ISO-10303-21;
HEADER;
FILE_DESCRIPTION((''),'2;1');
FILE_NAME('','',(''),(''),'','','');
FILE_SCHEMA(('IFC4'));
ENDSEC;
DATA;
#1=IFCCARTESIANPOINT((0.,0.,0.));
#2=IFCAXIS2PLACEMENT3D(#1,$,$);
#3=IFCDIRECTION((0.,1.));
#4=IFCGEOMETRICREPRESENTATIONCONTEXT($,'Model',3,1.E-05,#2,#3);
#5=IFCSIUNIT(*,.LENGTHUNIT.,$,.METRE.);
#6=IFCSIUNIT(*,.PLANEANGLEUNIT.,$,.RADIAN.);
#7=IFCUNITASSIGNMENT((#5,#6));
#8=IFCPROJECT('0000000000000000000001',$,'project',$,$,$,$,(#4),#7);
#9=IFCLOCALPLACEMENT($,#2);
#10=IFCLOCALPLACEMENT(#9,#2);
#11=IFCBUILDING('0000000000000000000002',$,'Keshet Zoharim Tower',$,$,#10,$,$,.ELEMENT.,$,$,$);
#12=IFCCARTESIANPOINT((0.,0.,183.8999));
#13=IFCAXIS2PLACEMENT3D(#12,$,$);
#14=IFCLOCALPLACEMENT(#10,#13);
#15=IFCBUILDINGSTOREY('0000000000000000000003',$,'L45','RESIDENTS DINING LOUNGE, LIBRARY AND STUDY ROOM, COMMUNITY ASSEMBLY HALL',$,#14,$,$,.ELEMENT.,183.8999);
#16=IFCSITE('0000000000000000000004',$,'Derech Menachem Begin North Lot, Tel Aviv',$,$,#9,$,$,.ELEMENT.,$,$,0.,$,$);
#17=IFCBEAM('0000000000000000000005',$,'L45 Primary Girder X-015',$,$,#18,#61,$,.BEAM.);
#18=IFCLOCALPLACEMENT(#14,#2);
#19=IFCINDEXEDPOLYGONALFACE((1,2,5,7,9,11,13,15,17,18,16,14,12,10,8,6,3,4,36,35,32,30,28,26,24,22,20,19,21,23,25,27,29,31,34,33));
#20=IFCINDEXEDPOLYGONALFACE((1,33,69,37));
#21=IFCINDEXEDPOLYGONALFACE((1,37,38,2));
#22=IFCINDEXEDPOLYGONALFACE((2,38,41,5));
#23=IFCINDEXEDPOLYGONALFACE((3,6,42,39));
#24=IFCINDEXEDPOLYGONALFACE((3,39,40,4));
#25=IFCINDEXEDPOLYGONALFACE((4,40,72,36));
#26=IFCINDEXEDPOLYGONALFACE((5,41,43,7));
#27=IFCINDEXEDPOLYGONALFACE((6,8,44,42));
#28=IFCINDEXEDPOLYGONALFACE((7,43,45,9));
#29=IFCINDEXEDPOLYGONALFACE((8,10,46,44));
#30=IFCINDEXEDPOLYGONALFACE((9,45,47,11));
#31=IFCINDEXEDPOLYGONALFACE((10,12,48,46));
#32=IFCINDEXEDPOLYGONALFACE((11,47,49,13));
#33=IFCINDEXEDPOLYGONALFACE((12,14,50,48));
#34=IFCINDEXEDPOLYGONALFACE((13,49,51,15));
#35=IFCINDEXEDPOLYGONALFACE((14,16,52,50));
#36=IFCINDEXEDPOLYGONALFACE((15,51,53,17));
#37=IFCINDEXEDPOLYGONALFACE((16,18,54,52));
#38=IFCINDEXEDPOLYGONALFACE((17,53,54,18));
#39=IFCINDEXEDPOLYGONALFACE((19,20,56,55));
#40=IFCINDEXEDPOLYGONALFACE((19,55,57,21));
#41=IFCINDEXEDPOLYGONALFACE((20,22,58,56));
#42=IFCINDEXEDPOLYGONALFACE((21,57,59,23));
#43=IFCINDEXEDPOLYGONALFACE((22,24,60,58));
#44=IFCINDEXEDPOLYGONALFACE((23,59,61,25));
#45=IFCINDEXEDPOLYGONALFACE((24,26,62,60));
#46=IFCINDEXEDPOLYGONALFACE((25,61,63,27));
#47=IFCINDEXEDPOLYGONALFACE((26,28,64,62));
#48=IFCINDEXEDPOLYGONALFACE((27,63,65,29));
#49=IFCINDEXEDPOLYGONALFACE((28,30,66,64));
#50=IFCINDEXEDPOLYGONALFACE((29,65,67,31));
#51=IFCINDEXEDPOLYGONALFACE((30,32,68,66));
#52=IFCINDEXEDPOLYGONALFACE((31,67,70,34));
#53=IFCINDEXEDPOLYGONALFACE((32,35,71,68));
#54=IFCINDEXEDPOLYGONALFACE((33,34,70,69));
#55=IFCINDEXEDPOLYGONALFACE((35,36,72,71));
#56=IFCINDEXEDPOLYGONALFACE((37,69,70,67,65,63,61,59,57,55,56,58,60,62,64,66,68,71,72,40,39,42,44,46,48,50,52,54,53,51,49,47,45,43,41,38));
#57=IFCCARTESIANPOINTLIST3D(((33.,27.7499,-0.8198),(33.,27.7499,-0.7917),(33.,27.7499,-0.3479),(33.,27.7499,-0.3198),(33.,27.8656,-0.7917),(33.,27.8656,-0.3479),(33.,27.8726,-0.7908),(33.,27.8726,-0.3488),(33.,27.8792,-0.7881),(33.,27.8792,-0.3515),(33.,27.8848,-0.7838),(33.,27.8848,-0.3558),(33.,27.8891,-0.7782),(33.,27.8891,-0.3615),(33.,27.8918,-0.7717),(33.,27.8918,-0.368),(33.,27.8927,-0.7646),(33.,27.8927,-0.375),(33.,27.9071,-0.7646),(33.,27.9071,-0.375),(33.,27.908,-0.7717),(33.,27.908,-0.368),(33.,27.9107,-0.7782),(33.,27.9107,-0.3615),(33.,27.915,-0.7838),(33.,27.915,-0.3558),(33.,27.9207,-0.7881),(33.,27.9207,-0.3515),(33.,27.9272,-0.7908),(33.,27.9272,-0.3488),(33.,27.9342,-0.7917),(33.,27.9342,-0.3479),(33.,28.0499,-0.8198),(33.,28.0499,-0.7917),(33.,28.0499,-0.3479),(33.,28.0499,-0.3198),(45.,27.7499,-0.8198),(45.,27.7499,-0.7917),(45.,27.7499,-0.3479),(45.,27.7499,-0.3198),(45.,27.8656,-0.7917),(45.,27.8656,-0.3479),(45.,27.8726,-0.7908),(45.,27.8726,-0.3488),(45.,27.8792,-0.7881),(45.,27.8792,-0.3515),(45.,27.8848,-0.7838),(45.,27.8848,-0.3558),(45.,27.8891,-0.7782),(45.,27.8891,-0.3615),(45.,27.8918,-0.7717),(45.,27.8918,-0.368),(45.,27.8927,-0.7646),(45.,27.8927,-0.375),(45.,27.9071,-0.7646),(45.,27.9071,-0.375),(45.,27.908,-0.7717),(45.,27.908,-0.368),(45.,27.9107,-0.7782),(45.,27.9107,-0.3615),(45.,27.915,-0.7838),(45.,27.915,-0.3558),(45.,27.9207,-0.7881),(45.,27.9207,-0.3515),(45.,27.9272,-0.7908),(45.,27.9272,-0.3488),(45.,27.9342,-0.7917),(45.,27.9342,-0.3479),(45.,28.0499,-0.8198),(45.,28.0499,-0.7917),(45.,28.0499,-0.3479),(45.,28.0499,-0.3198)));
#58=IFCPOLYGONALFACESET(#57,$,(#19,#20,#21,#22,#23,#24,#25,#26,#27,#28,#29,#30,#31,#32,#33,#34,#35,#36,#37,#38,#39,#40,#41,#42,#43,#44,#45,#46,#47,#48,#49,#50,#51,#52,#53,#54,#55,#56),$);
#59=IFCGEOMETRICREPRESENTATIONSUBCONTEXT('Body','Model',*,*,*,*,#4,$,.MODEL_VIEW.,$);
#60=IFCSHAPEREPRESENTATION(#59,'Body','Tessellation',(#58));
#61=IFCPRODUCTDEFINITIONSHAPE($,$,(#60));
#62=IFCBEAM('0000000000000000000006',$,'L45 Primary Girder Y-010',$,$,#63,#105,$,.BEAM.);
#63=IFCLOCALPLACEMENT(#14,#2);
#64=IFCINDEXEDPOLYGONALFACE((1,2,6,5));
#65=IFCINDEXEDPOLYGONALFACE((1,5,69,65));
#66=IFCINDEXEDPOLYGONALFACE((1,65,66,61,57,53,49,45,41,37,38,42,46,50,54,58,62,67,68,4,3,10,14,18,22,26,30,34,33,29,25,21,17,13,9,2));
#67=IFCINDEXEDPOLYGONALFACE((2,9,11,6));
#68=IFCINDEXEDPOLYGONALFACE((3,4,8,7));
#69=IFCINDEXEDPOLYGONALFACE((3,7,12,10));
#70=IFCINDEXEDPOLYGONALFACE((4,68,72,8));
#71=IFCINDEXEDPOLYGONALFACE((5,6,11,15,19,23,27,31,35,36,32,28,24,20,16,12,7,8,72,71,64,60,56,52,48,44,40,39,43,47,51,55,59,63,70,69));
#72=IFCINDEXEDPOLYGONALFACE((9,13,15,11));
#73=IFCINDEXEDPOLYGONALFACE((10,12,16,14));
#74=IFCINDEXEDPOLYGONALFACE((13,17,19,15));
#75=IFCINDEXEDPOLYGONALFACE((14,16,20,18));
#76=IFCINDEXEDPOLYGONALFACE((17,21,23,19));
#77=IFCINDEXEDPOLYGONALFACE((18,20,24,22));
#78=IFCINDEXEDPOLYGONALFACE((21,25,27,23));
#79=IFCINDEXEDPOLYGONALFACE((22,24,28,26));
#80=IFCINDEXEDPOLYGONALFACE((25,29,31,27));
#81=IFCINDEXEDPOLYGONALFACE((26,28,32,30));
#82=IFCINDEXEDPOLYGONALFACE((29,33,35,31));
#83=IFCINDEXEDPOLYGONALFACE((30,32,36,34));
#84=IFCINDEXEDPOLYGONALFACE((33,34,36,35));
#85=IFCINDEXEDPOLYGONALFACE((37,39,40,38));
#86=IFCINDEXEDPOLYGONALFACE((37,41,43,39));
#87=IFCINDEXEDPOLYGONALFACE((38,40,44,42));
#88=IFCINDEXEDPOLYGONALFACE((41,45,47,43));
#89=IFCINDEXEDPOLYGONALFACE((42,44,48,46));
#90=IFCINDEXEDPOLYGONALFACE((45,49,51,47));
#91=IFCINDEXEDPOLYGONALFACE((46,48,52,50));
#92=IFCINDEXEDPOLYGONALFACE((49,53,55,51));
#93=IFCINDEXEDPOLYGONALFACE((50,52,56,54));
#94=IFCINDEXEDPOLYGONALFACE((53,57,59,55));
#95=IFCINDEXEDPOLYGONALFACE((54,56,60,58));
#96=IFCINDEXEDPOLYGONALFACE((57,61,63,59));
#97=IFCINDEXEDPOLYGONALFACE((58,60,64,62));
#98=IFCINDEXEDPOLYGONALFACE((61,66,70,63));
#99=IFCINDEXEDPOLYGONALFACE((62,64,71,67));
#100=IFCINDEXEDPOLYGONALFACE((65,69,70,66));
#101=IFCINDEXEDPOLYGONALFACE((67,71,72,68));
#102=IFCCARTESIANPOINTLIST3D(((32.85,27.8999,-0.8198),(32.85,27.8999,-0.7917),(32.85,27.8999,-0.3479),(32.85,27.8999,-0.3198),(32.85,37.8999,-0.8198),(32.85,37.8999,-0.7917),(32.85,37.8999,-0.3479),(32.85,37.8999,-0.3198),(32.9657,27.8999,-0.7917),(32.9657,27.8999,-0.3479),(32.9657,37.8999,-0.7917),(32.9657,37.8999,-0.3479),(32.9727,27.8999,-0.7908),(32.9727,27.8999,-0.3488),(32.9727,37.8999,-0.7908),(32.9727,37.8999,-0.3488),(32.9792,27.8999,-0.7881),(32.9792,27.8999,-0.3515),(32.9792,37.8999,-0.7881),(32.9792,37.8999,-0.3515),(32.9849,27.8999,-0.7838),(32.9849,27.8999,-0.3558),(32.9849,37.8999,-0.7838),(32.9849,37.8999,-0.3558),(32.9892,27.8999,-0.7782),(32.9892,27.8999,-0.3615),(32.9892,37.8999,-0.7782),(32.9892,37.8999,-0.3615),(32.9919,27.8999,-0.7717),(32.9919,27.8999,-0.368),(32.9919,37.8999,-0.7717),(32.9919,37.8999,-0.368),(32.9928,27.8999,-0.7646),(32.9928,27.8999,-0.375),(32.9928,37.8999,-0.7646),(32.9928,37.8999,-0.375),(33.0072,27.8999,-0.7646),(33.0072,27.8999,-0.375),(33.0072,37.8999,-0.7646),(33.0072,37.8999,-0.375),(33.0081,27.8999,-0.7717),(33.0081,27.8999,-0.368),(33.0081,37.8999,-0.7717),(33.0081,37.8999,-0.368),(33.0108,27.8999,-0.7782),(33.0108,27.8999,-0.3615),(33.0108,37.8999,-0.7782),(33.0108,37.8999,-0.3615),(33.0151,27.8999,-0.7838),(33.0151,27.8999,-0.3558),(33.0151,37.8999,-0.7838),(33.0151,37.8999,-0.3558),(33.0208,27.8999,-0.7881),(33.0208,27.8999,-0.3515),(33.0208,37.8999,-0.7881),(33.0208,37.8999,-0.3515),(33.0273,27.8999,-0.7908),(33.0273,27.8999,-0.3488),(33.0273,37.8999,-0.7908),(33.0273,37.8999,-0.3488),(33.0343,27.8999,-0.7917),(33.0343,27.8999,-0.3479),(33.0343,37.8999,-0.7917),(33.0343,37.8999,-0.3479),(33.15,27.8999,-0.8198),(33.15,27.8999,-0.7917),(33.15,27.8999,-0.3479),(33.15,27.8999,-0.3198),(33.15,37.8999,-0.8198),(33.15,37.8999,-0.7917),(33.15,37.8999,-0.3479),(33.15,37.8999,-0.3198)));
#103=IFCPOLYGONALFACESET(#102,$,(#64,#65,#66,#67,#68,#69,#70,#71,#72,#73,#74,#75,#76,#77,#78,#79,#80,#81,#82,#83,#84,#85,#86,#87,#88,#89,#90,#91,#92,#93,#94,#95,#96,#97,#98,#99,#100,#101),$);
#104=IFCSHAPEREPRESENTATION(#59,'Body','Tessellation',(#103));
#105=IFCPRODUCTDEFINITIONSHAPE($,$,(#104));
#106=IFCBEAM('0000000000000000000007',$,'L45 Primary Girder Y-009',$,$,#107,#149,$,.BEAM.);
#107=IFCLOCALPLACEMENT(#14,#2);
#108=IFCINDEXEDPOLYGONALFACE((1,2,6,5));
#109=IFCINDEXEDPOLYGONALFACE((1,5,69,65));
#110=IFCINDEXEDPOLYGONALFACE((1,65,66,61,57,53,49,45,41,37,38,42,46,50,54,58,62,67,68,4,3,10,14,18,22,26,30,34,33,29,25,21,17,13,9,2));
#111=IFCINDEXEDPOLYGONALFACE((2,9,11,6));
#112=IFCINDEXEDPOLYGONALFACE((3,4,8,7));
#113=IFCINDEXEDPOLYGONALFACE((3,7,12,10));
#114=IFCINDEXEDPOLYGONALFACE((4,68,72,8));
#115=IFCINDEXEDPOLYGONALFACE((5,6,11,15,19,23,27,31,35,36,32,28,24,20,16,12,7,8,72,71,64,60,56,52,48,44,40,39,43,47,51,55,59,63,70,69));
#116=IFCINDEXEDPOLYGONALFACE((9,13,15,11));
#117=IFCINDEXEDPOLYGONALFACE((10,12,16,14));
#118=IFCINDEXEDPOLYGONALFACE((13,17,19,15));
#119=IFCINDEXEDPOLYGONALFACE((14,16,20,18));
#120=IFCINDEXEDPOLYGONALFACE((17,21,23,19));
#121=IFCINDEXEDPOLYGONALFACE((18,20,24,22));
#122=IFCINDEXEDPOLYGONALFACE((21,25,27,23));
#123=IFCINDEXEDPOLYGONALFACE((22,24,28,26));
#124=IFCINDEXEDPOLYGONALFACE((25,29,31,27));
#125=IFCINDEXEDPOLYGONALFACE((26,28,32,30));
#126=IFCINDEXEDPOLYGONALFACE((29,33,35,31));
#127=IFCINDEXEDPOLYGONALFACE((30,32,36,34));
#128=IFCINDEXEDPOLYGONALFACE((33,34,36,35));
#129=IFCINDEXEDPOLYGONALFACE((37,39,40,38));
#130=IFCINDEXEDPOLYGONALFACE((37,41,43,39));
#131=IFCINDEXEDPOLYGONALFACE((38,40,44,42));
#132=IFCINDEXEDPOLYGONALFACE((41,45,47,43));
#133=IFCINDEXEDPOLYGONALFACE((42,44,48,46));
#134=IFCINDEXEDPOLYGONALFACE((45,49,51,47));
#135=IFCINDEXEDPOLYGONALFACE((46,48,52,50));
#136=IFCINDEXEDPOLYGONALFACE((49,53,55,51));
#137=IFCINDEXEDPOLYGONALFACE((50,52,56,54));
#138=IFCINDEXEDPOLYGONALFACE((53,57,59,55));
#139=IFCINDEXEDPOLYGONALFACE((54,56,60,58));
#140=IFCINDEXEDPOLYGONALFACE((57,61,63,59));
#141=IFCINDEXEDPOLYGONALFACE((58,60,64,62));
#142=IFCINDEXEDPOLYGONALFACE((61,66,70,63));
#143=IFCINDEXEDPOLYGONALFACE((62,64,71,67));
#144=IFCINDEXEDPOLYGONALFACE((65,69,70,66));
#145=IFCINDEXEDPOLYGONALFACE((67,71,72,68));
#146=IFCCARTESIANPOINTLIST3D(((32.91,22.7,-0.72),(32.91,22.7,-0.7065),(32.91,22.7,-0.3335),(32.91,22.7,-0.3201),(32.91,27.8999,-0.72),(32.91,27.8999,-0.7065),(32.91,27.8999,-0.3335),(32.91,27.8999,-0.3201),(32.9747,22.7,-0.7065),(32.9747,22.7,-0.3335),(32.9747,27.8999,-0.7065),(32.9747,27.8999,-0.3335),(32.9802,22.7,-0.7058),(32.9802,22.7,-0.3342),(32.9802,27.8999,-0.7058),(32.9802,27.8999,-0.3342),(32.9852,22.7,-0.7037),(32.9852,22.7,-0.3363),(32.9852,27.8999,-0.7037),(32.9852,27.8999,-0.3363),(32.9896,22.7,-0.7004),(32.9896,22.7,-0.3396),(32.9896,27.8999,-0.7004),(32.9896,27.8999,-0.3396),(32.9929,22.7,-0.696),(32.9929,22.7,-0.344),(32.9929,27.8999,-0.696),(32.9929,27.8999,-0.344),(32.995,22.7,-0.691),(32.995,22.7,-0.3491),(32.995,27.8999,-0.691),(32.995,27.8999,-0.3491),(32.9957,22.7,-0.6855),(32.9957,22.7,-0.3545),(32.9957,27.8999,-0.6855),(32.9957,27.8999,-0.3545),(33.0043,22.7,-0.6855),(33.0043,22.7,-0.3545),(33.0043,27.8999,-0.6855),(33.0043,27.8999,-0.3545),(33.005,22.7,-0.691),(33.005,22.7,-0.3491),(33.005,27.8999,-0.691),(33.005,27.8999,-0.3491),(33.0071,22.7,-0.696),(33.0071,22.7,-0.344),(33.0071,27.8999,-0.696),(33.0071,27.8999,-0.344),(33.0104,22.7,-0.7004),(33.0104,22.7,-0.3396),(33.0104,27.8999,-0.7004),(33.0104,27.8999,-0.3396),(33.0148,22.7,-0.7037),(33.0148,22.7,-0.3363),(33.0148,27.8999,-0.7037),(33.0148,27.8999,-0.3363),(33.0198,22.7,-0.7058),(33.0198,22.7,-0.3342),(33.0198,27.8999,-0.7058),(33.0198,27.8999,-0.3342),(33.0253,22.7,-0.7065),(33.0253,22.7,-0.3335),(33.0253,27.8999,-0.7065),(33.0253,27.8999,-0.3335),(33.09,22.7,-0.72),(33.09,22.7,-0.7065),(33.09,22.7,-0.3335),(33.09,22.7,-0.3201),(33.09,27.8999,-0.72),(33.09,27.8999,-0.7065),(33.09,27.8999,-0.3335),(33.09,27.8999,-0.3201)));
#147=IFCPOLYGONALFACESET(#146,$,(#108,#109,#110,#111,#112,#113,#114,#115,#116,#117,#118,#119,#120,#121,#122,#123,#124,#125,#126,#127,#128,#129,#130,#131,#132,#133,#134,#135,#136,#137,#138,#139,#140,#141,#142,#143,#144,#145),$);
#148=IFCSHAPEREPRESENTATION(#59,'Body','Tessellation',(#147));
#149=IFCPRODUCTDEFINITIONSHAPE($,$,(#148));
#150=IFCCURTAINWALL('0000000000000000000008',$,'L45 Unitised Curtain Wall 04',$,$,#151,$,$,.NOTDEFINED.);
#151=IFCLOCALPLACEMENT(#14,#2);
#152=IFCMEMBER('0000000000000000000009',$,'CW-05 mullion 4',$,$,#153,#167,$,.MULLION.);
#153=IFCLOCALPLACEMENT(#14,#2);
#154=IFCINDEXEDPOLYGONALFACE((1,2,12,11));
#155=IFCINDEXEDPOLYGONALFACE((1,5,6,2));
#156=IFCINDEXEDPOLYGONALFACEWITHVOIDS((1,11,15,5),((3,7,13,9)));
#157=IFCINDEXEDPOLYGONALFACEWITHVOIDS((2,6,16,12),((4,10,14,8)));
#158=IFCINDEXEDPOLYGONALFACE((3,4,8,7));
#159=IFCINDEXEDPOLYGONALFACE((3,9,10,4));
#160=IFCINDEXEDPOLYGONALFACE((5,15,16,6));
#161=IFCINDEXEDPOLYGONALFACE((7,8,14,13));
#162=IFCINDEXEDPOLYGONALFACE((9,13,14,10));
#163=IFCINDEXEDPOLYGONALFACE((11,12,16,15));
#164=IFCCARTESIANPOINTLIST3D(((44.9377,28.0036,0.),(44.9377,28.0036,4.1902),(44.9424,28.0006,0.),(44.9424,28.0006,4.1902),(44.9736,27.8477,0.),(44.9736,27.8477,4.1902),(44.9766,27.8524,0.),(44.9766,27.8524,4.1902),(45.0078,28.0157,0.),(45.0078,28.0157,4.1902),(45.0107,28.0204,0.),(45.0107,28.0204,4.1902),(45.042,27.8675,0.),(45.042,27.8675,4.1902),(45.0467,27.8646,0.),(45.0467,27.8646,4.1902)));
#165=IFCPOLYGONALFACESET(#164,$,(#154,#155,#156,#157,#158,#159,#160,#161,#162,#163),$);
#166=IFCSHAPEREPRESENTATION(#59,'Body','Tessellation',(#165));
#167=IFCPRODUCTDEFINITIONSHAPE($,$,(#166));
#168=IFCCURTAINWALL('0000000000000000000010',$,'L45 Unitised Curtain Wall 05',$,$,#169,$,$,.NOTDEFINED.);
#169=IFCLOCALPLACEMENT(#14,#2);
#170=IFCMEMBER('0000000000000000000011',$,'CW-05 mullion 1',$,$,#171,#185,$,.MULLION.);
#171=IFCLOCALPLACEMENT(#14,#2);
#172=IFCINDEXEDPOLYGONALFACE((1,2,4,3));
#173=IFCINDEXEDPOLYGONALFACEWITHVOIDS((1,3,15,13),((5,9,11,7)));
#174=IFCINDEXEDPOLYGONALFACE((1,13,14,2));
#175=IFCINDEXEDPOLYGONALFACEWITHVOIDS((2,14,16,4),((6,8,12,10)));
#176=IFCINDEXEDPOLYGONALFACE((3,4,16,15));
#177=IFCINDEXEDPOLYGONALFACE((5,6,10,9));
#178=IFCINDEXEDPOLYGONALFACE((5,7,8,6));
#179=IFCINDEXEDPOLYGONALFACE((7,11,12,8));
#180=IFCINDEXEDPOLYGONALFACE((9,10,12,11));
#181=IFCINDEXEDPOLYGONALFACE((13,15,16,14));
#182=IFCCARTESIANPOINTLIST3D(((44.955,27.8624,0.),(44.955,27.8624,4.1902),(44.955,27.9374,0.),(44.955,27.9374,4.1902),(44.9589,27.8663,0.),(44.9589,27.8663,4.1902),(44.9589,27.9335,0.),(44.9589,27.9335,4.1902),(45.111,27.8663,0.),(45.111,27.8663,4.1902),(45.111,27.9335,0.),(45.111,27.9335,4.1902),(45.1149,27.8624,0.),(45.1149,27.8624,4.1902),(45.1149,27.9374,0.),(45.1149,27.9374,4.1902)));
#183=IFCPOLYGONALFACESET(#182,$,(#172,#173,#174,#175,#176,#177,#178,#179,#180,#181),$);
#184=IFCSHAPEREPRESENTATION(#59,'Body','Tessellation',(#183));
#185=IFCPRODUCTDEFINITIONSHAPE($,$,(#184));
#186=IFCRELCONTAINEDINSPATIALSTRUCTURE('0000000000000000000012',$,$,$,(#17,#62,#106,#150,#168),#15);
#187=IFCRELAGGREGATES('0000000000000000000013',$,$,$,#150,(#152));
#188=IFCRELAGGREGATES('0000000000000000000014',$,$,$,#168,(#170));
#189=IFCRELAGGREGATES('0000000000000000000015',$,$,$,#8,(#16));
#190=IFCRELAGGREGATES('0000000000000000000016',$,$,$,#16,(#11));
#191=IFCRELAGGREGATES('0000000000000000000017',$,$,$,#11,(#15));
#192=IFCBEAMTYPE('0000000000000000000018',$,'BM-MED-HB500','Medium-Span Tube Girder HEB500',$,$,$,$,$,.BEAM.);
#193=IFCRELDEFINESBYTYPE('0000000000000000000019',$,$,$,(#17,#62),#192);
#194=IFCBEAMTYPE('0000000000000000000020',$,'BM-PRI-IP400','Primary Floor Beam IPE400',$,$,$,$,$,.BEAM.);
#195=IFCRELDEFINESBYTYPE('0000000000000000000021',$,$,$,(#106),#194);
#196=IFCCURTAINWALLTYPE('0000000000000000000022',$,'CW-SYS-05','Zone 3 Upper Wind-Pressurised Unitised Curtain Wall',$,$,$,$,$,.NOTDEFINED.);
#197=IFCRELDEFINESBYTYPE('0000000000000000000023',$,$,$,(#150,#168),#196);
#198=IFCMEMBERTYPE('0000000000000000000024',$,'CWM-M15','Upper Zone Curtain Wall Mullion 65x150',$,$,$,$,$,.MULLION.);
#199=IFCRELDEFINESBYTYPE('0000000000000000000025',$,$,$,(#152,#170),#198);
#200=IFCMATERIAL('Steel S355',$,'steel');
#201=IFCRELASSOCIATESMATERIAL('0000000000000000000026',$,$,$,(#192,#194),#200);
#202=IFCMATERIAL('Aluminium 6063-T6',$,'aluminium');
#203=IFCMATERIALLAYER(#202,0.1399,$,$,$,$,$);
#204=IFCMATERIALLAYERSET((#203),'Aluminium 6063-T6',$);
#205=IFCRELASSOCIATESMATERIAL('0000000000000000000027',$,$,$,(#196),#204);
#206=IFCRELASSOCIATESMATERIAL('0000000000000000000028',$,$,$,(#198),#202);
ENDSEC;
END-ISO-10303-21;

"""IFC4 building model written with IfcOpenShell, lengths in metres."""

from ifc_helpers import new_model, si_unit, direction, frame, origin, origin_2d, place, context, subcontext, project, spatial, hollow_rectangle, i_section, extrude, material, layer, layer_set, material_profile, profile_set, type_object, element, aggregate, save


model = new_model("IFC4")

# Units and contexts
model_context = context("Model", 3, precision=1e-05, world=origin(), true_north=direction((0.0, 1.0)))
body_context = subcontext(model_context, "Body", "Model", "MODEL_VIEW")
ifc_project = project(units=[si_unit("LENGTHUNIT", "METRE"), si_unit("PLANEANGLEUNIT", "RADIAN")], contexts=[model_context])

# Site, building, storey
site_placement = place(None, origin())
site = spatial("IfcSite", under=ifc_project, at=site_placement, Name="Derech Menachem Begin North Lot, Tel Aviv", CompositionType="ELEMENT", RefElevation=0.0)
building_placement = place(site_placement, origin())
building = spatial("IfcBuilding", under=site, at=building_placement, Name="Keshet Zoharim Tower", CompositionType="ELEMENT")
storey_placement = place(building_placement, frame((0.0, 0.0, 183.8999)))
storey = spatial("IfcBuildingStorey", under=building, at=storey_placement, Name="L45", Description="RESIDENTS DINING LOUNGE, LIBRARY AND STUDY ROOM, COMMUNITY ASSEMBLY HALL", CompositionType="ELEMENT", Elevation=183.8999)

# Shared definitions
ifc_material_1 = material(Name="Steel S355", Category="steel")

# Beams
ifc_material_profile_1 = material_profile(ifc_material_1, i_section(OverallWidth=0.3, OverallDepth=0.5, WebThickness=0.0144, FlangeThickness=0.0281, FilletRadius=0.0271, at=origin_2d()), Name="HEB500")
ifc_profile_set_1 = profile_set([ifc_material_profile_1], Name="Steel S355")
beam_type_1 = type_object("IfcBeamType", Name="BM-MED-HB500", Description="Medium-Span Tube Girder HEB500", PredefinedType="BEAM", material=ifc_profile_set_1)
beam_1_placement = place(storey_placement, frame((33.0, 27.8999, -0.5698), z_axis=(1.0, 0.0, 0.0), x_axis=(0.0, 1.0, 0.0)))
element("IfcBeam", 1, at=beam_1_placement, inside=storey, type_object=beam_type_1, Name="L45 Primary Girder X-015", PredefinedType="BEAM", context=body_context, shape_type="SweptSolid", body=[
    extrude(i_section(OverallWidth=0.3, OverallDepth=0.5, WebThickness=0.0144, FlangeThickness=0.0281, FilletRadius=0.0271, at=origin_2d()), origin(), (0.0, 0.0, 1.0), 12.0),
])
beam_2_placement = place(storey_placement, frame((33.0, 27.8999, -0.5698), z_axis=(0.0, 1.0, 0.0), x_axis=(-1.0, 0.0, 0.0)))
element("IfcBeam", 2, at=beam_2_placement, inside=storey, type_object=beam_type_1, Name="L45 Primary Girder Y-010", PredefinedType="BEAM", context=body_context, shape_type="SweptSolid", body=[
    extrude(i_section(OverallWidth=0.3, OverallDepth=0.5, WebThickness=0.0144, FlangeThickness=0.0281, FilletRadius=0.0271, at=origin_2d()), origin(), (0.0, 0.0, 1.0), 10.0),
])
ifc_material_profile_2 = material_profile(ifc_material_1, i_section(OverallWidth=0.1799, OverallDepth=0.3999, WebThickness=0.0085, FlangeThickness=0.0134, FilletRadius=0.021, at=origin_2d()), Name="IPE400")
ifc_profile_set_2 = profile_set([ifc_material_profile_2], Name="Steel S355")
beam_type_2 = type_object("IfcBeamType", Name="BM-PRI-IP400", Description="Primary Floor Beam IPE400", PredefinedType="BEAM", material=ifc_profile_set_2)
beam_3_placement = place(storey_placement, frame((33.0, 22.7, -0.52), z_axis=(0.0, 1.0, 0.0), x_axis=(-1.0, 0.0, 0.0)))
element("IfcBeam", 3, at=beam_3_placement, inside=storey, type_object=beam_type_2, Name="L45 Primary Girder Y-009", PredefinedType="BEAM", context=body_context, shape_type="SweptSolid", body=[
    extrude(i_section(OverallWidth=0.1799, OverallDepth=0.3999, WebThickness=0.0085, FlangeThickness=0.0134, FilletRadius=0.021, at=origin_2d()), origin(), (0.0, 0.0, 1.0), 5.2),
])

# Curtain wall, member
ifc_material_2 = material(Name="Aluminium 6063-T6", Category="aluminium")
ifc_layer_1 = layer(ifc_material_2, 0.1399)
ifc_layer_set_1 = layer_set([ifc_layer_1], Name="Aluminium 6063-T6")
curtain_wall_type = type_object("IfcCurtainWallType", Name="CW-SYS-05", Description="Zone 3 Upper Wind-Pressurised Unitised Curtain Wall", PredefinedType="NOTDEFINED", material=ifc_layer_set_1)
curtain_wall_1_placement = place(storey_placement, origin())
curtain_wall_1 = element("IfcCurtainWall", 4, at=curtain_wall_1_placement, inside=storey, type_object=curtain_wall_type, Name="L45 Unitised Curtain Wall 04", PredefinedType="NOTDEFINED")
ifc_material_profile_3 = material_profile(ifc_material_2, hollow_rectangle(XDim=0.075, YDim=0.1599, WallThickness=0.0039, at=origin_2d()), Name="MUL-75x160")
ifc_profile_set_3 = profile_set([ifc_material_profile_3], Name="Aluminium 6063-T6")
member_type_1 = type_object("IfcMemberType", Name="CWM-M15", Description="Upper Zone Curtain Wall Mullion 65x150", PredefinedType="MULLION", material=ifc_profile_set_3)
member_1_placement = place(storey_placement, frame((44.9922, 27.9341, 0.0), z_axis=(0.0, 0.0, 1.0), x_axis=(0.974394, 0.224848, 0.0)))
member_1 = element("IfcMember", 5, at=member_1_placement, type_object=member_type_1, Name="CW-05 mullion 4", PredefinedType="MULLION", context=body_context, shape_type="SweptSolid", body=[
    extrude(hollow_rectangle(XDim=0.075, YDim=0.1599, WallThickness=0.0039, at=origin_2d()), origin(), (0.0, 0.0, 1.0), 4.1902),
])
aggregate(curtain_wall_1, [member_1])

# Curtain wall, member
curtain_wall_2_placement = place(storey_placement, origin())
curtain_wall_2 = element("IfcCurtainWall", 6, at=curtain_wall_2_placement, inside=storey, type_object=curtain_wall_type, Name="L45 Unitised Curtain Wall 05", PredefinedType="NOTDEFINED")
member_2_placement = place(storey_placement, frame((45.0349, 27.8999, 0.0), z_axis=(0.0, 0.0, 1.0), x_axis=(0.0, 1.0, 0.0)))
member_2 = element("IfcMember", 7, at=member_2_placement, type_object=member_type_1, Name="CW-05 mullion 1", PredefinedType="MULLION", context=body_context, shape_type="SweptSolid", body=[
    extrude(hollow_rectangle(XDim=0.075, YDim=0.1599, WallThickness=0.0039, at=origin_2d()), origin(), (0.0, 0.0, 1.0), 4.1902),
])
aggregate(curtain_wall_2, [member_2])

save(model, "model.ifc")
